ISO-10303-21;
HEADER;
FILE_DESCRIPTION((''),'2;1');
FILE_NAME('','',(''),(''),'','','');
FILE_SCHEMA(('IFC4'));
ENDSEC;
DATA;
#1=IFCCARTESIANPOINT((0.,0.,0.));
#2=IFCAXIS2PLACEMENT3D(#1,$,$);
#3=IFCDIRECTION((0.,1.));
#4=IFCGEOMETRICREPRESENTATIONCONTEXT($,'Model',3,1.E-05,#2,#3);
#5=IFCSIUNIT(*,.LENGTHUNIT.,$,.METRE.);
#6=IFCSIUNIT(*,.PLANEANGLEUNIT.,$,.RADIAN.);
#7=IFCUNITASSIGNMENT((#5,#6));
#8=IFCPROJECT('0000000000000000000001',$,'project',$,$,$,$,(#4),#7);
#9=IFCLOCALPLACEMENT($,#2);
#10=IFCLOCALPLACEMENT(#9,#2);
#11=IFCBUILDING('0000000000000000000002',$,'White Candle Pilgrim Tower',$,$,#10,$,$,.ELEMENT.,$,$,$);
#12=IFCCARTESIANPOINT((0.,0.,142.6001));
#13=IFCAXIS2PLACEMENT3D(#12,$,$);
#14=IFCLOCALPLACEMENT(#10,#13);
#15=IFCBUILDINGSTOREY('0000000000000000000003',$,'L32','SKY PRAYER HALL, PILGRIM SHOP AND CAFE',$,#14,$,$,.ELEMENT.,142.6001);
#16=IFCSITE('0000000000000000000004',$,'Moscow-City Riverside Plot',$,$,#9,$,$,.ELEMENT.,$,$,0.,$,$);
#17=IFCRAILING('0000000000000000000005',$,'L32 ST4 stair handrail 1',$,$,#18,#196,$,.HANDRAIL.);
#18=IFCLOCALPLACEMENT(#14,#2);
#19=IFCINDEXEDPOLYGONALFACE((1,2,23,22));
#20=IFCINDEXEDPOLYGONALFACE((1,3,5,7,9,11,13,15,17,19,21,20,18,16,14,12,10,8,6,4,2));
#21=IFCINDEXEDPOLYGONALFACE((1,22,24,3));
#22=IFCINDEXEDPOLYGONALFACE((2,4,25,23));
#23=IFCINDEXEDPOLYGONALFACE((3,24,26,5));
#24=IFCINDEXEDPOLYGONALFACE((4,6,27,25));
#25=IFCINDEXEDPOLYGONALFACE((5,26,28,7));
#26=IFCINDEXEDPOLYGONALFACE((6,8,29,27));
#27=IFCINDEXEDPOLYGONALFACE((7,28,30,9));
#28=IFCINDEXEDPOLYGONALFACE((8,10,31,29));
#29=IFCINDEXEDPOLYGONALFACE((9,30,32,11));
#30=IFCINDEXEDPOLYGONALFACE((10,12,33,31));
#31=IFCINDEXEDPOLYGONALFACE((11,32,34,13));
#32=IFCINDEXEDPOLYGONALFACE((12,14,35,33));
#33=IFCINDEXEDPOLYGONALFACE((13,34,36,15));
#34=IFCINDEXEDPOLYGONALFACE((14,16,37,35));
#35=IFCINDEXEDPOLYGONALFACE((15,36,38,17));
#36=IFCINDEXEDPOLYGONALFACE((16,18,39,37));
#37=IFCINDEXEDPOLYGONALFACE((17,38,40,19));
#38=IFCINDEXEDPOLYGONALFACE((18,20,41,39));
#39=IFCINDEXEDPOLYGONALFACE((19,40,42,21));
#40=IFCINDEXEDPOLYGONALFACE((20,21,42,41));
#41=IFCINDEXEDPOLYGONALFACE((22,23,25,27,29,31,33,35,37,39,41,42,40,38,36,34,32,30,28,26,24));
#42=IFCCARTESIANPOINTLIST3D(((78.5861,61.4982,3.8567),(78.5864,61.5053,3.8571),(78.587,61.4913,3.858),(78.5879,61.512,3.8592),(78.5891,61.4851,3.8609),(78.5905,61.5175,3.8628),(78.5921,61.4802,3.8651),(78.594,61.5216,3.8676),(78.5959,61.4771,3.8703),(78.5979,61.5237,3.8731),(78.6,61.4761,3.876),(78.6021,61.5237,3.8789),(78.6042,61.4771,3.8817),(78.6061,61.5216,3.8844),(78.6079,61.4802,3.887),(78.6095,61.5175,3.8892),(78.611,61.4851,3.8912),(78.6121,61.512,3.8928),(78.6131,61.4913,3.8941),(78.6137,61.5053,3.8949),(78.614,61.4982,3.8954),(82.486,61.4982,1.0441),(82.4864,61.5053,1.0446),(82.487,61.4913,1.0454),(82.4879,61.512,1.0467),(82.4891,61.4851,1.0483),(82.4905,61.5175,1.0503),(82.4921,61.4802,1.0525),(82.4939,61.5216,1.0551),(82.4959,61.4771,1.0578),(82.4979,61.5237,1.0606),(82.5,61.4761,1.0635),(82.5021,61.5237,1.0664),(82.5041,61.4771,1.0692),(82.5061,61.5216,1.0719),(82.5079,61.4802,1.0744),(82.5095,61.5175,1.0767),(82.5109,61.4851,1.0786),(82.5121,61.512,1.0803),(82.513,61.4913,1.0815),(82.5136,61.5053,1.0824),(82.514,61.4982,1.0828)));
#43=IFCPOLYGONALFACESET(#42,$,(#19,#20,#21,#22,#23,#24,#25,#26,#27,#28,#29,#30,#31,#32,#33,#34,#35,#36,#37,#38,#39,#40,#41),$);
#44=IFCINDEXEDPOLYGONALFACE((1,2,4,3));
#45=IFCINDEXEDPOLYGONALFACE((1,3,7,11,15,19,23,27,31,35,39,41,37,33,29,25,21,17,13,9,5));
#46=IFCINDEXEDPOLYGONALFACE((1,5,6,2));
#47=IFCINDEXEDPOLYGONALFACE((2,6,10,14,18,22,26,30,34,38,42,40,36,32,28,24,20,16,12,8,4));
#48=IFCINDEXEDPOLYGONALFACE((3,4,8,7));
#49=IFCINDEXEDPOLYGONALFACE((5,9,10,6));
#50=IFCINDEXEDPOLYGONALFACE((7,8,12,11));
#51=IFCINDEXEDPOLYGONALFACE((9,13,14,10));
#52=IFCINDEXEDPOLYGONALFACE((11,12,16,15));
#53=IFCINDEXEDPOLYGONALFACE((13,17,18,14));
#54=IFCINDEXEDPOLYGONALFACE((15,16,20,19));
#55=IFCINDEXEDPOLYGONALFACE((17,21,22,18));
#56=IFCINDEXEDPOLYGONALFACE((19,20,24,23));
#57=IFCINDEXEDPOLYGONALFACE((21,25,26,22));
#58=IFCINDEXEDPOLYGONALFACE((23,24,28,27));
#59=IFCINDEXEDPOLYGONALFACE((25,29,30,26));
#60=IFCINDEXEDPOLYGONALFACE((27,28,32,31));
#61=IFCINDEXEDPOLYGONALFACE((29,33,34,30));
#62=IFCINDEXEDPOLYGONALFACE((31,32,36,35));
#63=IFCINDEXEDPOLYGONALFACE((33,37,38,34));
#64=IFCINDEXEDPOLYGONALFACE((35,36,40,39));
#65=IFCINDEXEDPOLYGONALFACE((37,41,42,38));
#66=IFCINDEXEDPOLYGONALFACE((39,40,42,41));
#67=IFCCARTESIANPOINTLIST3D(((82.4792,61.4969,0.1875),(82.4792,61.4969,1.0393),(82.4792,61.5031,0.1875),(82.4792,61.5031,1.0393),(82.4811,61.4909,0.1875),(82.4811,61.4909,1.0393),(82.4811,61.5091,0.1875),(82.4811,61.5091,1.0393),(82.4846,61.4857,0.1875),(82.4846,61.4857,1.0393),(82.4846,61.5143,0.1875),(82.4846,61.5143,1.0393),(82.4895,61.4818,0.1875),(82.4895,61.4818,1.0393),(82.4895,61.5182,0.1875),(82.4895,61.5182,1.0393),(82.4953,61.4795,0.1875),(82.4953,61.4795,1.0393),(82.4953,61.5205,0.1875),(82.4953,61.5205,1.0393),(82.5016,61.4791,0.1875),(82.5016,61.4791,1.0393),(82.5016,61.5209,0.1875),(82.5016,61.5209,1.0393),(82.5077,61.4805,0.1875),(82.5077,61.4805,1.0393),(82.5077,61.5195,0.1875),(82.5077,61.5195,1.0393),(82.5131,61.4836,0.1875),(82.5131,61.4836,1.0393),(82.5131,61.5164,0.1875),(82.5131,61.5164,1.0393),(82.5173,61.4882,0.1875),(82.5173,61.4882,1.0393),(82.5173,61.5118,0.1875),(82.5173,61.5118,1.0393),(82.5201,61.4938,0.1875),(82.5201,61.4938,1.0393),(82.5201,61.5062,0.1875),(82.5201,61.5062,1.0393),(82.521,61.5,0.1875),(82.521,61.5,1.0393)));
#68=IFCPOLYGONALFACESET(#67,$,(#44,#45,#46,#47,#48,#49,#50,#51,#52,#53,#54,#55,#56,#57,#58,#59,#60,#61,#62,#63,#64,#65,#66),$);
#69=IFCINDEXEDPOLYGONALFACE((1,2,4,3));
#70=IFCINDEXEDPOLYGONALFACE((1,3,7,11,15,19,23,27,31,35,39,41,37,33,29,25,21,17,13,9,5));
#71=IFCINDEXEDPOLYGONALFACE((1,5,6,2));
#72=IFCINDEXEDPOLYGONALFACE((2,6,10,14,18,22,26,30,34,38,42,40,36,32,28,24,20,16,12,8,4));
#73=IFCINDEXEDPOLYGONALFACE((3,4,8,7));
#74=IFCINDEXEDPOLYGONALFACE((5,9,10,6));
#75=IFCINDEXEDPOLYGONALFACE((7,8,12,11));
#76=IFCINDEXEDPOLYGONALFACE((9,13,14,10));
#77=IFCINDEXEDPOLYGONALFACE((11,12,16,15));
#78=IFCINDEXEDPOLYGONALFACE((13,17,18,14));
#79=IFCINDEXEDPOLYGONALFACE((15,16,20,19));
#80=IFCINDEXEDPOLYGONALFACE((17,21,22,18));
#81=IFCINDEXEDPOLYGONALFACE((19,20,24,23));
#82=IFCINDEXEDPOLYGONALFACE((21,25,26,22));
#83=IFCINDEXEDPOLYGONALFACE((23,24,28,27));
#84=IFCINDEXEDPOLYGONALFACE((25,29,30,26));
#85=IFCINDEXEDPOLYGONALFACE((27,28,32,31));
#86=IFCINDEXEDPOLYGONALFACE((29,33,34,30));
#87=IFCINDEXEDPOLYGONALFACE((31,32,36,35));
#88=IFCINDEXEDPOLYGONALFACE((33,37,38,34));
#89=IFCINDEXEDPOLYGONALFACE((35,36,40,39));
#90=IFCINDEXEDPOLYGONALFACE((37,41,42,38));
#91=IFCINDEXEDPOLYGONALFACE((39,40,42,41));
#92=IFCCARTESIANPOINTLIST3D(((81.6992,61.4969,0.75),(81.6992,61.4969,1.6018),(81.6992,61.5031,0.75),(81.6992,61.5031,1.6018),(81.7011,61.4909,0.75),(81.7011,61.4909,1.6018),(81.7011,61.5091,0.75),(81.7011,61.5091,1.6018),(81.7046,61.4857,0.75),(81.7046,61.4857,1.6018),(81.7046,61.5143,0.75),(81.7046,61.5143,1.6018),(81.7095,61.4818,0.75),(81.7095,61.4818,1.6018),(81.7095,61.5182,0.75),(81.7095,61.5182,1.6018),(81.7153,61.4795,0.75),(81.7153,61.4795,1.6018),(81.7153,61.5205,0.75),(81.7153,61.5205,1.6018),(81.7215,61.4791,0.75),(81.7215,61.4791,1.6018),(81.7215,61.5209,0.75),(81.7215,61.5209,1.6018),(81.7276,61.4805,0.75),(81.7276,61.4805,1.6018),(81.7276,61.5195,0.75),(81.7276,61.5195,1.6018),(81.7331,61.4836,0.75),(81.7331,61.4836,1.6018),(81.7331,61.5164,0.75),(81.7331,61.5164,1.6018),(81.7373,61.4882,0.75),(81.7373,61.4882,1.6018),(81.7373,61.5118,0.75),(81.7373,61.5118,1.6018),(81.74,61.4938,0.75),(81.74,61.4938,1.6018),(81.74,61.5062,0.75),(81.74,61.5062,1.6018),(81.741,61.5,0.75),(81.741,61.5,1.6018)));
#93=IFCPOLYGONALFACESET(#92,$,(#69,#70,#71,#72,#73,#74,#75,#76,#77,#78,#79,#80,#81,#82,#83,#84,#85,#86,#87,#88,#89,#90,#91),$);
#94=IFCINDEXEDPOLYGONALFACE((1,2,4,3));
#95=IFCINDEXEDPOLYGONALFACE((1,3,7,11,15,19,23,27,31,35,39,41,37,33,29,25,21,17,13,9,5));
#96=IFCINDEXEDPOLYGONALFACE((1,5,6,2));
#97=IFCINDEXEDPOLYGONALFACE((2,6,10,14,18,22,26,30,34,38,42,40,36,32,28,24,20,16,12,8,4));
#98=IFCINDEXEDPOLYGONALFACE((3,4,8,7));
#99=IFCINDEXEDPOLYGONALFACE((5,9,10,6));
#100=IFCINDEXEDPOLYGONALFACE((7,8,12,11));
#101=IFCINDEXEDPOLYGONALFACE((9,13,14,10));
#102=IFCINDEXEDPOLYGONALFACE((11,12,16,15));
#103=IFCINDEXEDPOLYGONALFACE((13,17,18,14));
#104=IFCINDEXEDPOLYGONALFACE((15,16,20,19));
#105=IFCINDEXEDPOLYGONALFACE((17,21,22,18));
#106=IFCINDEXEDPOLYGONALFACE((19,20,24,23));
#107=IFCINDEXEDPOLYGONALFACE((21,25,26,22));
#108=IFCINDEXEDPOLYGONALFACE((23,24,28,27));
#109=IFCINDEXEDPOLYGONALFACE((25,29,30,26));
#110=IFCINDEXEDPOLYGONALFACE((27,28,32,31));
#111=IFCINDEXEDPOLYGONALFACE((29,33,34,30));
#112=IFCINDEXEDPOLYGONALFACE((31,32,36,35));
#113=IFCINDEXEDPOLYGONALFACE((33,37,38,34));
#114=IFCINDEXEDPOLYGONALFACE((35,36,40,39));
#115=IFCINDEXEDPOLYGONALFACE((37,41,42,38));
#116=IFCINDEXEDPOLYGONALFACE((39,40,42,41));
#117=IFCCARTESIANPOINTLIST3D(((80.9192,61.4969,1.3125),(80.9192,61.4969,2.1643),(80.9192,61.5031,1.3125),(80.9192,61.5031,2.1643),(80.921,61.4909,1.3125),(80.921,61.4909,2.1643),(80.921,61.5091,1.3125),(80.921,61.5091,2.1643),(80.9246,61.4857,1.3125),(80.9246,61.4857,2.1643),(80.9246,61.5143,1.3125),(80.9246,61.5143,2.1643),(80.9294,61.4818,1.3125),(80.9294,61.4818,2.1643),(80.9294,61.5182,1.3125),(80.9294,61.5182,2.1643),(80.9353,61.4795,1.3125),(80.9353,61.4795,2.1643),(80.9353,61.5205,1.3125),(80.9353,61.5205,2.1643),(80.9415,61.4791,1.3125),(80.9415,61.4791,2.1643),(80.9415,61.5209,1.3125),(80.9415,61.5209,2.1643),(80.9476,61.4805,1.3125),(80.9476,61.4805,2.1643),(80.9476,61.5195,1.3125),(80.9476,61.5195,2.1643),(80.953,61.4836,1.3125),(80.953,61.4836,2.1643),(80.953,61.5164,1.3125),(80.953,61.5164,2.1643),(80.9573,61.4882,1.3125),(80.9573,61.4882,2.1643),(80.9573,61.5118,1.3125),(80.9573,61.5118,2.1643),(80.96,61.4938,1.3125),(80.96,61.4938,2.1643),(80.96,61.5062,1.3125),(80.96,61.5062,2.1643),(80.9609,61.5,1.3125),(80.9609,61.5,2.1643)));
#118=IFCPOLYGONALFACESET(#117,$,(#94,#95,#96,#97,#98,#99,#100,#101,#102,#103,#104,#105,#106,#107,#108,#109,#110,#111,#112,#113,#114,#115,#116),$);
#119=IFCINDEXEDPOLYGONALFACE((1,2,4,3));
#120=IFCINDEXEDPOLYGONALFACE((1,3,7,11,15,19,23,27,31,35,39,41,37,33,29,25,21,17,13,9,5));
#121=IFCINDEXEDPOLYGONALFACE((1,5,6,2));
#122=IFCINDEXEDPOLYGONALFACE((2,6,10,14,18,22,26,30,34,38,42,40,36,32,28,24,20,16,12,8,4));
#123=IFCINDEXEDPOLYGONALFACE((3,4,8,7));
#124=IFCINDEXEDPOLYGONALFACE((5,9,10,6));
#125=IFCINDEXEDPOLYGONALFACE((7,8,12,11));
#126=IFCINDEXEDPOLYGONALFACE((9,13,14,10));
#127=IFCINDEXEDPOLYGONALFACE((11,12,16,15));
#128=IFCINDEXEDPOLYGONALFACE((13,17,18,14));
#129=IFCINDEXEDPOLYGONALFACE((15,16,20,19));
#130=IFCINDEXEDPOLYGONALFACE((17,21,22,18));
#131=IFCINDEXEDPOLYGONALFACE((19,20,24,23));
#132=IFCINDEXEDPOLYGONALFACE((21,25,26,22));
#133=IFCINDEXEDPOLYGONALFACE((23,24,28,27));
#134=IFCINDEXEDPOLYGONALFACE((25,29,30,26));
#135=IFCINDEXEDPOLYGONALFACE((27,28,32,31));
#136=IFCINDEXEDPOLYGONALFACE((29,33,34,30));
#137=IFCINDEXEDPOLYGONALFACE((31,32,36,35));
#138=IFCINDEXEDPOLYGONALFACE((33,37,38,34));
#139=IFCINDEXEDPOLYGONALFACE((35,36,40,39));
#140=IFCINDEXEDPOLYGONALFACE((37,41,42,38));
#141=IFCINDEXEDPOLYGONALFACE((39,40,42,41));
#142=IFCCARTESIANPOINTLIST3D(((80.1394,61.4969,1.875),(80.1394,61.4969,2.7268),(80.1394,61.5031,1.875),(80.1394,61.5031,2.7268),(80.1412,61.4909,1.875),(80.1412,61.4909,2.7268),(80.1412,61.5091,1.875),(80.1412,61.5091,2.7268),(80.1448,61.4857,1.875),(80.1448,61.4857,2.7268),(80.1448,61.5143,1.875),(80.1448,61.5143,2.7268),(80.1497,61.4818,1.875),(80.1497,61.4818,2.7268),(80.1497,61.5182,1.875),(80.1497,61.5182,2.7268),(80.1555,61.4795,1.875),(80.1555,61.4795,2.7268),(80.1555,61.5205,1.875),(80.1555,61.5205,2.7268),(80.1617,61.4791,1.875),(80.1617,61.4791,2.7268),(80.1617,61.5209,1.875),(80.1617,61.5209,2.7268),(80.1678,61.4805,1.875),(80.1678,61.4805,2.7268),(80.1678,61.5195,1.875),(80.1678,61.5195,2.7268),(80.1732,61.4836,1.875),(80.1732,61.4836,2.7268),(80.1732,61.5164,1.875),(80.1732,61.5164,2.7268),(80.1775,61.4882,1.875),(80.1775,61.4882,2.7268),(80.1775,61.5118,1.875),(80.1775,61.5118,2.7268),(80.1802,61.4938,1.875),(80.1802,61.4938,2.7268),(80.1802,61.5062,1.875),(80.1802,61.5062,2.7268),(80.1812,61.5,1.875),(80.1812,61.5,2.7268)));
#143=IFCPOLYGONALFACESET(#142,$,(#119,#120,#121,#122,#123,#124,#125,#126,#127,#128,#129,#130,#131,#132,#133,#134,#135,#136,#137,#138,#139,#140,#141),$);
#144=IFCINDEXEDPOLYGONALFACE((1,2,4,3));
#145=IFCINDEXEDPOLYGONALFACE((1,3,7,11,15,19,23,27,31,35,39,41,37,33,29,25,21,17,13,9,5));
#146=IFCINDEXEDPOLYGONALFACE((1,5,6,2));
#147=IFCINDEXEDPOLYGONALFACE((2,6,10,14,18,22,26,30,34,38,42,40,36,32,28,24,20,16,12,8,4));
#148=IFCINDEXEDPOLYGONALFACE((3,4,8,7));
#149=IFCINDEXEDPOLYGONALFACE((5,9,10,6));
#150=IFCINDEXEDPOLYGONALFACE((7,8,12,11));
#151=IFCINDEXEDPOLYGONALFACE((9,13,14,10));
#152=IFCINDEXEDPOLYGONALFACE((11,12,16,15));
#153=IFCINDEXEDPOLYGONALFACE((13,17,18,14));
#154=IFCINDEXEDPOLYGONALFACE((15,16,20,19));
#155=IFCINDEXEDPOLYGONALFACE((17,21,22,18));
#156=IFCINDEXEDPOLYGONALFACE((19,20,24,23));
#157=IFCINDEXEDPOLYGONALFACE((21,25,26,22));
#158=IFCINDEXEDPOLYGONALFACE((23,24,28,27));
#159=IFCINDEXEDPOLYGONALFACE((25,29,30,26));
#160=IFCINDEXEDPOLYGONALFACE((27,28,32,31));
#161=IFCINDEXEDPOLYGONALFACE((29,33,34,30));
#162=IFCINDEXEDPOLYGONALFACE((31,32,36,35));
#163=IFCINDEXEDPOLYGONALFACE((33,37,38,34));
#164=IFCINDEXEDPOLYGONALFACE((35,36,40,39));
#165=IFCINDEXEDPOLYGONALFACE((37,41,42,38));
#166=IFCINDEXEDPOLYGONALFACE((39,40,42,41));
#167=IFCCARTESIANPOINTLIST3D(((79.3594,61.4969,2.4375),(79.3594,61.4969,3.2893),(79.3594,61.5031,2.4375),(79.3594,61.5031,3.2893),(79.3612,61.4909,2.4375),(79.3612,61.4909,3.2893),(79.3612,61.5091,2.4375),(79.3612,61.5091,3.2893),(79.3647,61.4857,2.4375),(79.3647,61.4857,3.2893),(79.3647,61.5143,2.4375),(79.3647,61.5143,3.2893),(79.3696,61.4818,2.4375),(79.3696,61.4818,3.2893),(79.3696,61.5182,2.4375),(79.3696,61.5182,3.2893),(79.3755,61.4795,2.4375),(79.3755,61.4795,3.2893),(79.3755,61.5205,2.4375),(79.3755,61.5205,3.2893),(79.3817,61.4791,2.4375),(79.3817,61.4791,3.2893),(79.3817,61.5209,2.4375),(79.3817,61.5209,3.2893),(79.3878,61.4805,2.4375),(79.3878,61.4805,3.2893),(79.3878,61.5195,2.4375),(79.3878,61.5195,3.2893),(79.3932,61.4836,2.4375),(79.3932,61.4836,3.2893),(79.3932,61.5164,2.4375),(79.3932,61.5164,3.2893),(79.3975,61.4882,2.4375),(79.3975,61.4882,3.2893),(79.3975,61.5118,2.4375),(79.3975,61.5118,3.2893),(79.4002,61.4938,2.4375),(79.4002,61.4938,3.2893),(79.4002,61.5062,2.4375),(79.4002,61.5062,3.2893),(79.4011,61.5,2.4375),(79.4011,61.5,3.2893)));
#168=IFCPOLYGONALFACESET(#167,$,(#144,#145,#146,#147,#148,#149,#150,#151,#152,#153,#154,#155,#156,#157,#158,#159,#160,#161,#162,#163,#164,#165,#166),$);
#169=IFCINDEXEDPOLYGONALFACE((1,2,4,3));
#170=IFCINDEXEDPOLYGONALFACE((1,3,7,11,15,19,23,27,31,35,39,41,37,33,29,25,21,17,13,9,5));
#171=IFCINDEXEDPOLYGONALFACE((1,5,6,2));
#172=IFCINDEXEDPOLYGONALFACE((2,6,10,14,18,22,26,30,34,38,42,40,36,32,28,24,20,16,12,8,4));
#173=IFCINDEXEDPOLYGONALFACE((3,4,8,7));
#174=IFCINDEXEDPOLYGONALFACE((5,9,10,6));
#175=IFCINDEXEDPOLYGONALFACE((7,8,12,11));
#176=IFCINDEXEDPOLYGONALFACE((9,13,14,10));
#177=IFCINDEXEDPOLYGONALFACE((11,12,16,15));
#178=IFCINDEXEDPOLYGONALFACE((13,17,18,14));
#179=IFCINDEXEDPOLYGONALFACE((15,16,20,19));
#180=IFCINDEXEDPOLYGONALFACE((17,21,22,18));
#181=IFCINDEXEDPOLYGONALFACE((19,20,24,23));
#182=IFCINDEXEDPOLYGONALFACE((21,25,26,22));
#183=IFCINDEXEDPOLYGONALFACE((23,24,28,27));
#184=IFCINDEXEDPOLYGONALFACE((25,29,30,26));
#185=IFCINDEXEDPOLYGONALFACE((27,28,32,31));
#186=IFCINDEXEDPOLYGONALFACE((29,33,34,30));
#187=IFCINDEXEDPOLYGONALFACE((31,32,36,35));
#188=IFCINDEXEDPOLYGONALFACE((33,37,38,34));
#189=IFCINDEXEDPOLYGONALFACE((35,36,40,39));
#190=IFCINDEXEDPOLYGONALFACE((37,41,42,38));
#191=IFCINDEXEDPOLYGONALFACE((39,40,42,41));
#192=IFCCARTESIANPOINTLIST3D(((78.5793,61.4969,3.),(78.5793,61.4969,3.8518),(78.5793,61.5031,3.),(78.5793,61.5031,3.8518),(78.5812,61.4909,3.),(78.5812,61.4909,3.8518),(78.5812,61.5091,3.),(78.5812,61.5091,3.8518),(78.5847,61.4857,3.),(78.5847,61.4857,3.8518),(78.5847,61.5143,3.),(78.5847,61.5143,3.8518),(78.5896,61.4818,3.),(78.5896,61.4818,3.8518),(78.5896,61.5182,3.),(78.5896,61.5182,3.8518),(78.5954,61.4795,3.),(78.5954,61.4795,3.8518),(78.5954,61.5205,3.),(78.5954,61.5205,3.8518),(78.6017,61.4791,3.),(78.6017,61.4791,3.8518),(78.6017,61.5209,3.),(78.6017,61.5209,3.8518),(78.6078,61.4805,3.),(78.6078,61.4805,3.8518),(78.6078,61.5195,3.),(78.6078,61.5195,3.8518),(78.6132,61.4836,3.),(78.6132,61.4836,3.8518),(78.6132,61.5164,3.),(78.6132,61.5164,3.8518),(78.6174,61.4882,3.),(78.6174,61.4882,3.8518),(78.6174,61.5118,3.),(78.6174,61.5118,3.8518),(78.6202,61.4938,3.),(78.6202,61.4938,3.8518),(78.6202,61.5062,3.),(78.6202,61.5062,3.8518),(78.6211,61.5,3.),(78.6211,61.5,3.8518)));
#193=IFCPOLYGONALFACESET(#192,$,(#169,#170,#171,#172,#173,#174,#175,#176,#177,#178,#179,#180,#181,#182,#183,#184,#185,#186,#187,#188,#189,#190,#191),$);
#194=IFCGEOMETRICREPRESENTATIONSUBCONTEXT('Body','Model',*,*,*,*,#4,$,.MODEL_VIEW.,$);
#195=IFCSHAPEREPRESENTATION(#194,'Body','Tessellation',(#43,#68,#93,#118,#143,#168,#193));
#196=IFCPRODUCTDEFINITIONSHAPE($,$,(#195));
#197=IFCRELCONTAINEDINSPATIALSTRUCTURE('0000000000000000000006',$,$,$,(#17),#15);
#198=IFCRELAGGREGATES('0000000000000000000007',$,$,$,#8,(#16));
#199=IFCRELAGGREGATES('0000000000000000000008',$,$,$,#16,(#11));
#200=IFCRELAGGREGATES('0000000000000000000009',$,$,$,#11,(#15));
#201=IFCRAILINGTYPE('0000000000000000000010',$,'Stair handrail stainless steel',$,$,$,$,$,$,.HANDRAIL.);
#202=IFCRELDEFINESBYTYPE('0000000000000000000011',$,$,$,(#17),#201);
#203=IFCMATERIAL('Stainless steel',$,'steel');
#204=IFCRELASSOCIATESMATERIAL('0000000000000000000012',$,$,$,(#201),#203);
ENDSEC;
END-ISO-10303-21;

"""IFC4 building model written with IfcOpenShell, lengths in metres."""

from ifc_helpers import new_model, si_unit, direction, frame, origin, origin_2d, place, context, subcontext, project, spatial, circle, extrude, material, type_object, element, save


model = new_model("IFC4")

# Units and contexts
model_context = context("Model", 3, precision=1e-05, world=origin(), true_north=direction((0.0, 1.0)))
body_context = subcontext(model_context, "Body", "Model", "MODEL_VIEW")
ifc_project = project(units=[si_unit("LENGTHUNIT", "METRE"), si_unit("PLANEANGLEUNIT", "RADIAN")], contexts=[model_context])

# Site, building, storey
site_placement = place(None, origin())
site = spatial("IfcSite", under=ifc_project, at=site_placement, Name="Moscow-City Riverside Plot", CompositionType="ELEMENT", RefElevation=0.0)
building_placement = place(site_placement, origin())
building = spatial("IfcBuilding", under=site, at=building_placement, Name="White Candle Pilgrim Tower", CompositionType="ELEMENT")
storey_placement = place(building_placement, frame((0.0, 0.0, 142.6001)))
storey = spatial("IfcBuildingStorey", under=building, at=storey_placement, Name="L32", Description="SKY PRAYER HALL, PILGRIM SHOP AND CAFE", CompositionType="ELEMENT", Elevation=142.6001)

# Railing
ifc_material_1 = material(Name="Stainless steel", Category="steel")
railing_type_1 = type_object("IfcRailingType", Name="Stair handrail stainless steel", PredefinedType="HANDRAIL", material=ifc_material_1)
railing_1_placement = place(storey_placement, frame((82.5, 61.5, 0.1875)))
element("IfcRailing", 1, at=railing_1_placement, inside=storey, type_object=railing_type_1, Name="L32 ST4 stair handrail 1", PredefinedType="HANDRAIL", context=body_context, shape_type="SweptSolid", body=[
    extrude(circle(Radius=0.0239, at=origin_2d()), frame((0.0, 0.0, 0.876), z_axis=(-0.811083, 0.0, 0.584931), x_axis=(0.0, -1.0, 0.0)), (0.0, 0.0, 1.0), 4.8083),
    extrude(circle(Radius=0.021, at=origin_2d()), origin(), (0.0, 0.0, 1.0), 0.8518),
    extrude(circle(Radius=0.021, at=origin_2d()), frame((-0.78, 0.0, 0.5625)), (0.0, 0.0, 1.0), 0.8518),
    extrude(circle(Radius=0.021, at=origin_2d()), frame((-1.5601, 0.0, 1.125)), (0.0, 0.0, 1.0), 0.8518),
    extrude(circle(Radius=0.021, at=origin_2d()), frame((-2.3398, 0.0, 1.6875)), (0.0, 0.0, 1.0), 0.8518),
    extrude(circle(Radius=0.021, at=origin_2d()), frame((-3.1199, 0.0, 2.25)), (0.0, 0.0, 1.0), 0.8518),
    extrude(circle(Radius=0.021, at=origin_2d()), frame((-3.8999, 0.0, 2.8125)), (0.0, 0.0, 1.0), 0.8518),
])

save(model, "model.ifc")
